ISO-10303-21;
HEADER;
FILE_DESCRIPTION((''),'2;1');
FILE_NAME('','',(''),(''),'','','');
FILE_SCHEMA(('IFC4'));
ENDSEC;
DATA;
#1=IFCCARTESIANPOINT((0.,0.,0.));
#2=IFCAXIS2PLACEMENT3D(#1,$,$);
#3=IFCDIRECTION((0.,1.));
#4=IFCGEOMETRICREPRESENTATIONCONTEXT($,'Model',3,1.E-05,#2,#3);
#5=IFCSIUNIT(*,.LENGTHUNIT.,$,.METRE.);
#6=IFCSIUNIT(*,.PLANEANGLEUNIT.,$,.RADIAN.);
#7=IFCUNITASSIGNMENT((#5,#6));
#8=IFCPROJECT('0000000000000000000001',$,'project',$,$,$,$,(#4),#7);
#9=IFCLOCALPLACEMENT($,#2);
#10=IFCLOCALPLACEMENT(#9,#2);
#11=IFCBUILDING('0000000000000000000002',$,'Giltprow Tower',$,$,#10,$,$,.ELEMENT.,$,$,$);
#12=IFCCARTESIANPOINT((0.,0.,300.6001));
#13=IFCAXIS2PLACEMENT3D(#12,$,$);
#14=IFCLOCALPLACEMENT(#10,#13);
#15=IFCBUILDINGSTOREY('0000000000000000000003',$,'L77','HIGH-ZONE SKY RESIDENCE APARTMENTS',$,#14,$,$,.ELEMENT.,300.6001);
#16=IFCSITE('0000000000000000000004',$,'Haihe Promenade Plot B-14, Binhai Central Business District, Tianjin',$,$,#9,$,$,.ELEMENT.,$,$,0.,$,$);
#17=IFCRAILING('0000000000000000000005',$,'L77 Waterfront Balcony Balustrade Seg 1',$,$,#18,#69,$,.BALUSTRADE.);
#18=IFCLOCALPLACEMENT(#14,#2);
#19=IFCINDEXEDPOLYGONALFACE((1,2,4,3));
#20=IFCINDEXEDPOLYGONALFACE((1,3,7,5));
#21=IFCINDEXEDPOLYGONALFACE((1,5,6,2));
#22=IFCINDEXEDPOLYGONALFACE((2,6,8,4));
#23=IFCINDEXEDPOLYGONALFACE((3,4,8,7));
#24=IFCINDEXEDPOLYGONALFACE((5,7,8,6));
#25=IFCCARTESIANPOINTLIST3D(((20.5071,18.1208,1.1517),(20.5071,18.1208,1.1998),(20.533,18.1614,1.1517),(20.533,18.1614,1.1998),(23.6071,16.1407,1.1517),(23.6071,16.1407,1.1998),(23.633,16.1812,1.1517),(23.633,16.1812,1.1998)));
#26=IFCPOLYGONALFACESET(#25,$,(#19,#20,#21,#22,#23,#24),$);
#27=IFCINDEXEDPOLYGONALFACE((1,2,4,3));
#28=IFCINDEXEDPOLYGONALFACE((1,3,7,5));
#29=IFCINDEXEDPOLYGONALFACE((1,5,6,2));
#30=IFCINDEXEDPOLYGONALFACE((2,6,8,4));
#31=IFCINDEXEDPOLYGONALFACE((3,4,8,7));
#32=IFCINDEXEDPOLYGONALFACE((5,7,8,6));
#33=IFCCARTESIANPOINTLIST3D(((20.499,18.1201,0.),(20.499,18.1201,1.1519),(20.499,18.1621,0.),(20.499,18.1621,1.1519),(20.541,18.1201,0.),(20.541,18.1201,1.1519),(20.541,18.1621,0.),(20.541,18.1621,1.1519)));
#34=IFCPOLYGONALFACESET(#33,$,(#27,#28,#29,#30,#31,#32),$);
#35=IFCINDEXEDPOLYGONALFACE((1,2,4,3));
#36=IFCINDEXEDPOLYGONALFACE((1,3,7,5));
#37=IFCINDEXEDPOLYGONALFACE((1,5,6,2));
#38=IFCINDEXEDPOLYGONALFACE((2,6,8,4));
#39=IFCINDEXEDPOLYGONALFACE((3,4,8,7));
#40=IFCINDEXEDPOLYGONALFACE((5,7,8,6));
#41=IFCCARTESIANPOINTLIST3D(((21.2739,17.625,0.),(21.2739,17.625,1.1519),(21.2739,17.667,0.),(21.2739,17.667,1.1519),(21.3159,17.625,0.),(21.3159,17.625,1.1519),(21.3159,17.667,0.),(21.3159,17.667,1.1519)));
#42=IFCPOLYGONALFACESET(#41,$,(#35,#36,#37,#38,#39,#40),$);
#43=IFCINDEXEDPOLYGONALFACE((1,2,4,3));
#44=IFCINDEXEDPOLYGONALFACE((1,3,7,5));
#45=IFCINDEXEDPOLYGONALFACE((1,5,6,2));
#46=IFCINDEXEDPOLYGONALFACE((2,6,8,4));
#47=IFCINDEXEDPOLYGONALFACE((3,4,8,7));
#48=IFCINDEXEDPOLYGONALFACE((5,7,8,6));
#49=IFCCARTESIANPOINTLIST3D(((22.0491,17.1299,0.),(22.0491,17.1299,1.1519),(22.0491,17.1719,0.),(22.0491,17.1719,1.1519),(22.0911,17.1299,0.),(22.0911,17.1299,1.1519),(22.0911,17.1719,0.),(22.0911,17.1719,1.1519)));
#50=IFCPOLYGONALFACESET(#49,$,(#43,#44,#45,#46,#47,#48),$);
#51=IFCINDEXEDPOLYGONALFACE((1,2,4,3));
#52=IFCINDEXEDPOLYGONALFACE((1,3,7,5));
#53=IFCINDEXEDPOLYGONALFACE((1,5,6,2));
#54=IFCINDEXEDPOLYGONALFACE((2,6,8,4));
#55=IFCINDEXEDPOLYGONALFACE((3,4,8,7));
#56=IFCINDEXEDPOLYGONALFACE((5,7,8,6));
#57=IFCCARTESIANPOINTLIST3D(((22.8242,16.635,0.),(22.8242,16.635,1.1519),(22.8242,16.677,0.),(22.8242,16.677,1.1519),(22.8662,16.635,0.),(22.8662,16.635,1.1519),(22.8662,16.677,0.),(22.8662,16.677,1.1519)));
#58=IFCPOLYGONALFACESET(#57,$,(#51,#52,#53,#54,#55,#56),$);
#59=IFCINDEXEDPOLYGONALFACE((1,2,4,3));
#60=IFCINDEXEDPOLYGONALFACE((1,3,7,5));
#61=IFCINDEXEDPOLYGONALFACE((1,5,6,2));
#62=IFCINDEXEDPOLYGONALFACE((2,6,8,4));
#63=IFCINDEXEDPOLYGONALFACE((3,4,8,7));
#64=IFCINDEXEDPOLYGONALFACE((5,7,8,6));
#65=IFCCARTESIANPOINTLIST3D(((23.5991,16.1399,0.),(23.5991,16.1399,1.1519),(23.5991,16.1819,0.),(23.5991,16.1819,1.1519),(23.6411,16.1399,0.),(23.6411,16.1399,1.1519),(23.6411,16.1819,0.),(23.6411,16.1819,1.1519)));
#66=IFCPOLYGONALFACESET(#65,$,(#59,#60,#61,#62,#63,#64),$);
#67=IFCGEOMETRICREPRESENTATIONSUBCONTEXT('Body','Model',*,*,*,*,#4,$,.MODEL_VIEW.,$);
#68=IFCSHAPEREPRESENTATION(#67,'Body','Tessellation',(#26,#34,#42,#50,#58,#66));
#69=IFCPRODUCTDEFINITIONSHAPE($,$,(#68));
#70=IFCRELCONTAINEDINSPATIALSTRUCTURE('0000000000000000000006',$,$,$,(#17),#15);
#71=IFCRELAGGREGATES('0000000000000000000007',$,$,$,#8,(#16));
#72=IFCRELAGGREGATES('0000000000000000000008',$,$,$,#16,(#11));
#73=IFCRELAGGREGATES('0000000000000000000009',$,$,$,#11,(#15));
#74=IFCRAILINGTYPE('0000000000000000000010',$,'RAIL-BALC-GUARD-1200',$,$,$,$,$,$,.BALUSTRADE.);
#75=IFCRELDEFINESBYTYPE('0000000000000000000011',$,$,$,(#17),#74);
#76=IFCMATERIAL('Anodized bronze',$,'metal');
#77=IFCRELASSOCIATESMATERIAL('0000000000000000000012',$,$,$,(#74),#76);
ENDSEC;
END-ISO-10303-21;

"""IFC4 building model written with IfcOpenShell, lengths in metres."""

from ifc_helpers import new_model, si_unit, direction, frame, origin, origin_2d, place, context, subcontext, project, spatial, rectangle, extrude, material, type_object, element, save


model = new_model("IFC4")

# Units and contexts
model_context = context("Model", 3, precision=1e-05, world=origin(), true_north=direction((0.0, 1.0)))
body_context = subcontext(model_context, "Body", "Model", "MODEL_VIEW")
ifc_project = project(units=[si_unit("LENGTHUNIT", "METRE"), si_unit("PLANEANGLEUNIT", "RADIAN")], contexts=[model_context])

# Site, building, storey
site_placement = place(None, origin())
site = spatial("IfcSite", under=ifc_project, at=site_placement, Name="Haihe Promenade Plot B-14, Binhai Central Business District, Tianjin", CompositionType="ELEMENT", RefElevation=0.0)
building_placement = place(site_placement, origin())
building = spatial("IfcBuilding", under=site, at=building_placement, Name="Giltprow Tower", CompositionType="ELEMENT")
storey_placement = place(building_placement, frame((0.0, 0.0, 300.6001)))
storey = spatial("IfcBuildingStorey", under=building, at=storey_placement, Name="L77", Description="HIGH-ZONE SKY RESIDENCE APARTMENTS", CompositionType="ELEMENT", Elevation=300.6001)

# Shared definitions
ifc_material_1 = material(Name="Anodized bronze", Category="metal")

# Railing
railing_type = type_object("IfcRailingType", Name="RAIL-BALC-GUARD-1200", PredefinedType="BALUSTRADE", material=ifc_material_1)
railing_1_placement = place(storey_placement, frame((20.52, 18.1411, 0.0)))
element("IfcRailing", 1, at=railing_1_placement, inside=storey, type_object=railing_type, Name="L77 Waterfront Balcony Balustrade Seg 1", PredefinedType="BALUSTRADE", context=body_context, shape_type="SweptSolid", body=[
    extrude(rectangle(XDim=0.0481, YDim=0.0481, at=origin_2d()), frame((0.0, 0.0, 1.1758), z_axis=(0.842745, -0.538313, 0.0), x_axis=(0.538313, 0.842745, 0.0)), (0.0, 0.0, 1.0), 3.6785),
    extrude(rectangle(XDim=0.042, YDim=0.042, at=origin_2d()), origin(), (0.0, 0.0, 1.0), 1.1519),
    extrude(rectangle(XDim=0.042, YDim=0.042, at=origin_2d()), frame((0.7749, -0.4951, 0.0)), (0.0, 0.0, 1.0), 1.1519),
    extrude(rectangle(XDim=0.042, YDim=0.042, at=origin_2d()), frame((1.55, -0.9902, 0.0)), (0.0, 0.0, 1.0), 1.1519),
    extrude(rectangle(XDim=0.042, YDim=0.042, at=origin_2d()), frame((2.3252, -1.4851, 0.0)), (0.0, 0.0, 1.0), 1.1519),
    extrude(rectangle(XDim=0.042, YDim=0.042, at=origin_2d()), frame((3.1001, -1.9802, 0.0)), (0.0, 0.0, 1.0), 1.1519),
])

save(model, "model.ifc")
